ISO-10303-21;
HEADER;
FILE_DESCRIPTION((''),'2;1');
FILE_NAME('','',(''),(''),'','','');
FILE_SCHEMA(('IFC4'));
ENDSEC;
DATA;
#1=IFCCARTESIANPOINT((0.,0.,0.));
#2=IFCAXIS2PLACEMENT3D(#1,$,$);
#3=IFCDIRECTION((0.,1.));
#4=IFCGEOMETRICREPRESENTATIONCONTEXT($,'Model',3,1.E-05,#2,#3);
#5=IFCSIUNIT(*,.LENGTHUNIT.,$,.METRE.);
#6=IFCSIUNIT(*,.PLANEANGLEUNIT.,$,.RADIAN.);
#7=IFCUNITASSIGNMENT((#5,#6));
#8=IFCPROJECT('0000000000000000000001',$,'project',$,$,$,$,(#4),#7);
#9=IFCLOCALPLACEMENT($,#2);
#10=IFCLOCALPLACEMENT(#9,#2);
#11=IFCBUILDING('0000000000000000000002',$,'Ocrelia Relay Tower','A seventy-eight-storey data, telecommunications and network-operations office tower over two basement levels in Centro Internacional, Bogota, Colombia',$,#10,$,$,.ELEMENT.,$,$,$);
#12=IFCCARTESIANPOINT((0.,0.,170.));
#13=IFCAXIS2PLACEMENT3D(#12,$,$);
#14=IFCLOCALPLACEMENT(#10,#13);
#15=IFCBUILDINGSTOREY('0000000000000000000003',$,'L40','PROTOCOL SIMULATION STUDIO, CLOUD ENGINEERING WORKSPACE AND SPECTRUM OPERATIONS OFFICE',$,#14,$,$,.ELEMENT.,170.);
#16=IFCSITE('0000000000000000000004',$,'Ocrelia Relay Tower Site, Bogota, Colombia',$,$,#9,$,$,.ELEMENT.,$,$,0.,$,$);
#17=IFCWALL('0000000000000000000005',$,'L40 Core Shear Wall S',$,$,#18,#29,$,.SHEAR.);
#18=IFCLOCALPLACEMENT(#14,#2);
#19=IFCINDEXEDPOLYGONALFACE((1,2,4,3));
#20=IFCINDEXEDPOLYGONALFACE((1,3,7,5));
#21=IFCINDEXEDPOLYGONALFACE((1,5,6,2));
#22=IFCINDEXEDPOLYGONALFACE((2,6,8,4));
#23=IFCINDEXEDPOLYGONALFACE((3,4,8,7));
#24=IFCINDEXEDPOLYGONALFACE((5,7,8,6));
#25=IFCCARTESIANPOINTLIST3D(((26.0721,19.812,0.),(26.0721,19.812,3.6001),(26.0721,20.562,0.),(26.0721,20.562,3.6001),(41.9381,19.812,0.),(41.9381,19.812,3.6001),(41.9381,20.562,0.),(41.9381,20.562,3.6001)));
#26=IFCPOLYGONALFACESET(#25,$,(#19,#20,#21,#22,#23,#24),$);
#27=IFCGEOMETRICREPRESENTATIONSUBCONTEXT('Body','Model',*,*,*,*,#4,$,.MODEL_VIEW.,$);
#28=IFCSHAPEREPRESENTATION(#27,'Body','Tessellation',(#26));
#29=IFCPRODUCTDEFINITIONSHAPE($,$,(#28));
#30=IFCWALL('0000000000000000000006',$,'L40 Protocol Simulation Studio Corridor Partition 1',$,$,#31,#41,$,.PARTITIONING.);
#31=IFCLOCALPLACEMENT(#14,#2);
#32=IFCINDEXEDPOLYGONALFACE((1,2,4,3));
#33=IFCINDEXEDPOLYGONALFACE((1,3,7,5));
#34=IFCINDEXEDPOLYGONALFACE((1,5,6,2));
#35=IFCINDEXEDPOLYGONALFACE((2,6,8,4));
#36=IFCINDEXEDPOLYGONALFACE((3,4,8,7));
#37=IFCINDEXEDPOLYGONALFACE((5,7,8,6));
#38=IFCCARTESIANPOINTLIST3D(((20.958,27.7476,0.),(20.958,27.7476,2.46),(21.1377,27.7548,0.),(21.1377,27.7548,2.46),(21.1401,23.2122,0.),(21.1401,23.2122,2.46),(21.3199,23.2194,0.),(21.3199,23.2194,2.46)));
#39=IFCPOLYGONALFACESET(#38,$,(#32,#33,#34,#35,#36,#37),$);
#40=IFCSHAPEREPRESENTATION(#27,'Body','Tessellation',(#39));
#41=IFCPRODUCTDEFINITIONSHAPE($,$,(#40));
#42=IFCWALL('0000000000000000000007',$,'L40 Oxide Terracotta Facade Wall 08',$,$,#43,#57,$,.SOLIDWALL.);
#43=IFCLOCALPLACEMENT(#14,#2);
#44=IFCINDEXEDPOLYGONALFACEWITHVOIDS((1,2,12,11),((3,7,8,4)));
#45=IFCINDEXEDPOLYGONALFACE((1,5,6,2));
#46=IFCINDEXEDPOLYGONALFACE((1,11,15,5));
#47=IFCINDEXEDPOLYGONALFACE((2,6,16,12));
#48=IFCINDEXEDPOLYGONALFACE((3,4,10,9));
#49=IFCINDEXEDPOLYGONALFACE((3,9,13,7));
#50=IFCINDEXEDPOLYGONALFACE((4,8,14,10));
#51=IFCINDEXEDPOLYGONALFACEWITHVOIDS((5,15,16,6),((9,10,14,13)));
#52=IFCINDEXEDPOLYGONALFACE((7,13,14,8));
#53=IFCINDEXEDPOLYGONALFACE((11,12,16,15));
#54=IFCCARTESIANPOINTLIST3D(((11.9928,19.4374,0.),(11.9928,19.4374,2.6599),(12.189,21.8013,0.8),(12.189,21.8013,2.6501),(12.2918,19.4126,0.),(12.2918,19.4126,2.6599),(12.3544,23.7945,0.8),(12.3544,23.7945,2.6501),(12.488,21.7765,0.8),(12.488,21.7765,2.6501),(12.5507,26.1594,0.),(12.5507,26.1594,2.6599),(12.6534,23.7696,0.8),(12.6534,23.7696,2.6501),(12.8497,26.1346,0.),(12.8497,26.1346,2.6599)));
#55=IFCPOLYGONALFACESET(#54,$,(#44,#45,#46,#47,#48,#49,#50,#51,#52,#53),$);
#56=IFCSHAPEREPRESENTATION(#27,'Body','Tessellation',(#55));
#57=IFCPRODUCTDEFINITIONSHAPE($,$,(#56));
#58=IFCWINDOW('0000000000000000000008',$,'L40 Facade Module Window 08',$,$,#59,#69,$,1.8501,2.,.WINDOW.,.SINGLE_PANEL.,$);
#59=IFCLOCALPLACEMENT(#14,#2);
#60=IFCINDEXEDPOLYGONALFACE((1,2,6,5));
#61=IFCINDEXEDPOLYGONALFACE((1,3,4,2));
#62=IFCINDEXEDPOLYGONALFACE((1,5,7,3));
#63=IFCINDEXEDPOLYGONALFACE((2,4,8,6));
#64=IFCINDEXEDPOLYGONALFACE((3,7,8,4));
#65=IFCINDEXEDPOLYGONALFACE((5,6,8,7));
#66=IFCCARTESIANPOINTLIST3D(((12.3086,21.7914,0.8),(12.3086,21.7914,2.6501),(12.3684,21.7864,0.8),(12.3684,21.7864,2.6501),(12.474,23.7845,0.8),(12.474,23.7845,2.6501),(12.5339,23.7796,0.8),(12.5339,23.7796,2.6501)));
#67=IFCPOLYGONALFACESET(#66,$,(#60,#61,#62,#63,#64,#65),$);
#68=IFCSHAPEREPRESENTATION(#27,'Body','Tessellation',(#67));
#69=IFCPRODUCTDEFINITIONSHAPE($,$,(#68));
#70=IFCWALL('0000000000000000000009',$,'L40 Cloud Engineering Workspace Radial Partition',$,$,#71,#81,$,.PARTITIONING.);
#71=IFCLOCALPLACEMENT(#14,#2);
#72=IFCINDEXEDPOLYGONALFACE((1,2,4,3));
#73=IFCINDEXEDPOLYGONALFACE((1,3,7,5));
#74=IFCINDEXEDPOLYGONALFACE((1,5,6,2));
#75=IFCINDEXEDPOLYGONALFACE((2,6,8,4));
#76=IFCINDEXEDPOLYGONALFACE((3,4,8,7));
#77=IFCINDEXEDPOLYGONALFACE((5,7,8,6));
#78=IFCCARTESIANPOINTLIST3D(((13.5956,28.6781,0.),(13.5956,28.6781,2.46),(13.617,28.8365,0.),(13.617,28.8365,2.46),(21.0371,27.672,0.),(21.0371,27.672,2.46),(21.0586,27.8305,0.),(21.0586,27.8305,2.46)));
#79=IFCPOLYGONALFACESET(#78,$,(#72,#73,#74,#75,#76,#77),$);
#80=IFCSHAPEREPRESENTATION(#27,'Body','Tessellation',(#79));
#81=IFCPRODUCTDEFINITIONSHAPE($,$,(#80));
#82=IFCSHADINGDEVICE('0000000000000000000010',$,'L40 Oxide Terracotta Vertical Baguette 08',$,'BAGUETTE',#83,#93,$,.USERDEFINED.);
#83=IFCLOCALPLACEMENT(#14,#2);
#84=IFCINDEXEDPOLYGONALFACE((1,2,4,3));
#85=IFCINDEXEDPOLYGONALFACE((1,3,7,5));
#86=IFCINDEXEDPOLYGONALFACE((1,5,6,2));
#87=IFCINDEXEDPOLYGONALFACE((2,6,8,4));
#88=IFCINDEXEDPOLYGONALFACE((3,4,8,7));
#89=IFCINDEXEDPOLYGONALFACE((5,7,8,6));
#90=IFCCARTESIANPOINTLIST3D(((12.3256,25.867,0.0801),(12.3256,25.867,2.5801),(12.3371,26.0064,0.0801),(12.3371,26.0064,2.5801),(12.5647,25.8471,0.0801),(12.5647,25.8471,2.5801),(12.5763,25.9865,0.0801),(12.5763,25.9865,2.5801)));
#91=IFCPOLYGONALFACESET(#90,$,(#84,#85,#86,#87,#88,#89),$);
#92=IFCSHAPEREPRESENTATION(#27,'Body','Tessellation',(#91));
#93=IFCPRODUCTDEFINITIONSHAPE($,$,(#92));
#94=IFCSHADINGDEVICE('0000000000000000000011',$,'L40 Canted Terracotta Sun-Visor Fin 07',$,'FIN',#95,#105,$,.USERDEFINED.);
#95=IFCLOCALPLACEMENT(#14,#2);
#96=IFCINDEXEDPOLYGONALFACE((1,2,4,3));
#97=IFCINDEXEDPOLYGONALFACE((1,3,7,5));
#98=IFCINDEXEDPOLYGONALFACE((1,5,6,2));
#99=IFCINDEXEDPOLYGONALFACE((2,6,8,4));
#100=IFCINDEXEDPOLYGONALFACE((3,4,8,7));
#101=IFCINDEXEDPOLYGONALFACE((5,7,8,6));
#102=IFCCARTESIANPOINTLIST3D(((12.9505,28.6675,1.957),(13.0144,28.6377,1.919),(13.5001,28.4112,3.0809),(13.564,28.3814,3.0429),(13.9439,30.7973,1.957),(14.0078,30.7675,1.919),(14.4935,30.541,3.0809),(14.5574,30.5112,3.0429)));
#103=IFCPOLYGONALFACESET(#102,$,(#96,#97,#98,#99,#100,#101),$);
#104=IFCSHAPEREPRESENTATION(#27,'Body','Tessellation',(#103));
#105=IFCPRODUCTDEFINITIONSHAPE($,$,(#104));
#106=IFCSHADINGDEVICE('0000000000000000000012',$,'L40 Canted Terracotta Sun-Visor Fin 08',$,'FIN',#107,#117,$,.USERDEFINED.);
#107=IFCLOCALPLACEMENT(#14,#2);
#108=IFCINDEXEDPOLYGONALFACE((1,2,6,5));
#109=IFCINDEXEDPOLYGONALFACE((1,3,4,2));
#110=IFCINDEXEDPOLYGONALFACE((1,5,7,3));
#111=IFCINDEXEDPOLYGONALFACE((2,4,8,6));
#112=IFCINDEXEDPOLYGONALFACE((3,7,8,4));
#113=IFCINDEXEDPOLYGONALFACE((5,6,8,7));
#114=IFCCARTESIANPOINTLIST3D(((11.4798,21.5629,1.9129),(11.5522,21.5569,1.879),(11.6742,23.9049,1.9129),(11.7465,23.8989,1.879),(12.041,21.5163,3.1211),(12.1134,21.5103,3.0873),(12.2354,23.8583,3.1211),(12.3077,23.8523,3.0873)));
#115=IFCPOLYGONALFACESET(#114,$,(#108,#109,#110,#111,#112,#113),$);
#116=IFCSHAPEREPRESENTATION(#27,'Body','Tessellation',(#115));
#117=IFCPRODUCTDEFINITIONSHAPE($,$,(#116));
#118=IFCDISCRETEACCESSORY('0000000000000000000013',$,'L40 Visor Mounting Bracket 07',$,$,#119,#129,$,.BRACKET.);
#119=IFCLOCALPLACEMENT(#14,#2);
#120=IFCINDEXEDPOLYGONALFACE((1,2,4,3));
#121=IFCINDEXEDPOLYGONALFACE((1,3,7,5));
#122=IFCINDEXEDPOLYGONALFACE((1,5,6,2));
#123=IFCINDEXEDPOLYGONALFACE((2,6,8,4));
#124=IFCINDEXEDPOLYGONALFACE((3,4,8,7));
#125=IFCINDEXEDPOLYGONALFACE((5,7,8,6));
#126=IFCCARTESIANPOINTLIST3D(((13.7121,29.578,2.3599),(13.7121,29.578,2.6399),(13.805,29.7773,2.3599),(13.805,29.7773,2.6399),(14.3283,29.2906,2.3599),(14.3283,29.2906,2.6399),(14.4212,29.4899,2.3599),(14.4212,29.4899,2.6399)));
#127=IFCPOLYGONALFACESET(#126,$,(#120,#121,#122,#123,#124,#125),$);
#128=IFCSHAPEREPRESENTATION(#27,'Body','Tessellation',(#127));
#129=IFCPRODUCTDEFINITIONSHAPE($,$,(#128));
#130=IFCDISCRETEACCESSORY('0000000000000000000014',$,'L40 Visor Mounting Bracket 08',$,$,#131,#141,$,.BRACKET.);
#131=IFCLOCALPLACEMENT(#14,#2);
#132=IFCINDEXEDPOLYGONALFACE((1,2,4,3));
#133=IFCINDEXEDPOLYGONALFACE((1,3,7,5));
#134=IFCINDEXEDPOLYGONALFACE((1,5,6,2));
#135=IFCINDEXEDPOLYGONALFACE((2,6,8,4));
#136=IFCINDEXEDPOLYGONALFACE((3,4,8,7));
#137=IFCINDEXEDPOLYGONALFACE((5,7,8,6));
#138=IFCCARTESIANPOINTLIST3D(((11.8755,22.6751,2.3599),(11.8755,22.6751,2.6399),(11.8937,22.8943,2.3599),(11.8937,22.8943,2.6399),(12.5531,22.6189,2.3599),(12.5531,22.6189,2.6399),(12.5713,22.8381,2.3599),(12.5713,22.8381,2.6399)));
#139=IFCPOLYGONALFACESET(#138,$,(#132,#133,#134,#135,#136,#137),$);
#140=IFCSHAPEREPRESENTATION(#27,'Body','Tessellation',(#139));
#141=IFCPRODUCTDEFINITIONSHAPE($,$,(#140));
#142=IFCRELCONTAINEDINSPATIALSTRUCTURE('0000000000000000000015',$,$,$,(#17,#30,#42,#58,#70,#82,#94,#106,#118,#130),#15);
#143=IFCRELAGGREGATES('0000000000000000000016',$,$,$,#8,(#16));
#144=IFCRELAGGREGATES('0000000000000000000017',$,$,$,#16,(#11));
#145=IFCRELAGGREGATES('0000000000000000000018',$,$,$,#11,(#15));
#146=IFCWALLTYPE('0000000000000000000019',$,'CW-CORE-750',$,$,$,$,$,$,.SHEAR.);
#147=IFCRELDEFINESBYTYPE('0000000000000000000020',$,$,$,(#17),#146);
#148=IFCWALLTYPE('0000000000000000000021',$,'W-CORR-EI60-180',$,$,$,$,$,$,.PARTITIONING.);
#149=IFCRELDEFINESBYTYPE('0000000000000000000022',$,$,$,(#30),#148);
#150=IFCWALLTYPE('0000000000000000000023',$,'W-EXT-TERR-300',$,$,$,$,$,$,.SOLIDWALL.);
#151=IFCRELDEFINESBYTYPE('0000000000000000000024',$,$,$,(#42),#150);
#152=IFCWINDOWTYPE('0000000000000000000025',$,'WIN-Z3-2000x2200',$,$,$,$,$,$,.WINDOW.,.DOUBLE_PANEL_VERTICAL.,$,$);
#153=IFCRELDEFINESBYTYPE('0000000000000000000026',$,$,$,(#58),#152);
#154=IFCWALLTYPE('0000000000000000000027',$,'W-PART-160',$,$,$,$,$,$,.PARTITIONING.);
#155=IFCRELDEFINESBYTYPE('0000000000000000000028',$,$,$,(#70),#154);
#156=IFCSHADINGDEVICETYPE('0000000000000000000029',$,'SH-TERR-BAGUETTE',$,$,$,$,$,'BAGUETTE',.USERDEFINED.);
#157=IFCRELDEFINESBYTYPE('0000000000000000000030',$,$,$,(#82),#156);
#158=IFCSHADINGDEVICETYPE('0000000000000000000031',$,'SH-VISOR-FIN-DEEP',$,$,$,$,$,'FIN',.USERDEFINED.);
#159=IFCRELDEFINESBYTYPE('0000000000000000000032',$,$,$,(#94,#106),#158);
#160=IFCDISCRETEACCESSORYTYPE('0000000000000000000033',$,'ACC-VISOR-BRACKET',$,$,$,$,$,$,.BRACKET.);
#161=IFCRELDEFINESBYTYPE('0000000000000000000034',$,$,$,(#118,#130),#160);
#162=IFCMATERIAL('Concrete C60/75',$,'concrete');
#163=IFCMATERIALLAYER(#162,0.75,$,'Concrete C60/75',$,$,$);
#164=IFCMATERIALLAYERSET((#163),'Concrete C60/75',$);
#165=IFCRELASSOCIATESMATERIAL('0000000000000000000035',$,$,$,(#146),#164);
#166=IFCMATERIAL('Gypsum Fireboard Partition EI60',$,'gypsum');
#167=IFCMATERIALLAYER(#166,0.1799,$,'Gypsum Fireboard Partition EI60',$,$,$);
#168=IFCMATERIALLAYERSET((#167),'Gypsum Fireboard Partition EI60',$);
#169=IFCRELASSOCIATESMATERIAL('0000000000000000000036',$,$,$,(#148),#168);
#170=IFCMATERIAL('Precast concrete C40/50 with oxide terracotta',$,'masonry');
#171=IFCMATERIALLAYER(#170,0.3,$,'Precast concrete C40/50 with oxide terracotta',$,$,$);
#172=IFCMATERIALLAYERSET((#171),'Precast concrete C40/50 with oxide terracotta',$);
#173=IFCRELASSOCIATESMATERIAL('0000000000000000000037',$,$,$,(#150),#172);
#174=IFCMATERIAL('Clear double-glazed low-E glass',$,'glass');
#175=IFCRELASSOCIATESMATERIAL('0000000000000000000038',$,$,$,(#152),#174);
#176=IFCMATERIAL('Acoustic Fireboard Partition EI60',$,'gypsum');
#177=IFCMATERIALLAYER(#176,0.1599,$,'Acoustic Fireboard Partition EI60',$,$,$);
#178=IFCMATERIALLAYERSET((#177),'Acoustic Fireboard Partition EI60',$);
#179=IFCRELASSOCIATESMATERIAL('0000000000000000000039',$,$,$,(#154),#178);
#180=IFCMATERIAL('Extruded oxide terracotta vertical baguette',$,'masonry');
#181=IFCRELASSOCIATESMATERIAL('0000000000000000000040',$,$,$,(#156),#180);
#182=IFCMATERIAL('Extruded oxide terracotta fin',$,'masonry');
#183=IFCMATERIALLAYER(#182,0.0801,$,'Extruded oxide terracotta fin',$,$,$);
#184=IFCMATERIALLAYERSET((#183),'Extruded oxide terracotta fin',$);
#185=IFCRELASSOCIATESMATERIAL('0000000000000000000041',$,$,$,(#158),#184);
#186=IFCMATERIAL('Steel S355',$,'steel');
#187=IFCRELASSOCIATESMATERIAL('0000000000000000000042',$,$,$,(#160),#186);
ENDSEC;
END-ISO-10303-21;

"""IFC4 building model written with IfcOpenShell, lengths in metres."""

from ifc_helpers import new_model, si_unit, direction, frame, frame_2d, origin, origin_2d, place, context, subcontext, project, spatial, rectangle, extrude, material, layer, layer_set, type_object, element, fill, save


model = new_model("IFC4")

# Units and contexts
model_context = context("Model", 3, precision=1e-05, world=origin(), true_north=direction((0.0, 1.0)))
body_context = subcontext(model_context, "Body", "Model", "MODEL_VIEW")
ifc_project = project(units=[si_unit("LENGTHUNIT", "METRE"), si_unit("PLANEANGLEUNIT", "RADIAN")], contexts=[model_context])

# Site, building, storey
site_placement = place(None, origin())
site = spatial("IfcSite", under=ifc_project, at=site_placement, Name="Ocrelia Relay Tower Site, Bogota, Colombia", CompositionType="ELEMENT", RefElevation=0.0)
building_placement = place(site_placement, origin())
building = spatial("IfcBuilding", under=site, at=building_placement, Name="Ocrelia Relay Tower", Description="A seventy-eight-storey data, telecommunications and network-operations office tower over two basement levels in Centro Internacional, Bogota, Colombia", CompositionType="ELEMENT")
storey_placement = place(building_placement, frame((0.0, 0.0, 170.0)))
storey = spatial("IfcBuildingStorey", under=building, at=storey_placement, Name="L40", Description="PROTOCOL SIMULATION STUDIO, CLOUD ENGINEERING WORKSPACE AND SPECTRUM OPERATIONS OFFICE", CompositionType="ELEMENT", Elevation=170.0)

# Shared definitions
ifc_material_1 = material(Name="Concrete C60/75", Category="concrete")

# Shared definitions
ifc_material_2 = material(Name="Steel S355", Category="steel")

# Walls
ifc_layer_1 = layer(ifc_material_1, 0.75, Name="Concrete C60/75")
ifc_layer_set_1 = layer_set([ifc_layer_1], Name="Concrete C60/75")
wall_type_1 = type_object("IfcWallType", Name="CW-CORE-750", PredefinedType="SHEAR", material=ifc_layer_set_1)
wall_1_placement = place(storey_placement, frame((26.072, 20.187, 0.0), z_axis=(0.0, 0.0, 1.0), x_axis=(1.0, 0.0, 0.0)))
element("IfcWall", 1, at=wall_1_placement, inside=storey, type_object=wall_type_1, Name="L40 Core Shear Wall S", PredefinedType="SHEAR", context=body_context, shape_type="SweptSolid", body=[
    extrude(rectangle(XDim=15.866, YDim=0.75, at=frame_2d((7.9331, 0.0))), origin(), (0.0, 0.0, 1.0), 3.6001),
])
ifc_material_3 = material(Name="Gypsum Fireboard Partition EI60", Category="gypsum")
ifc_layer_2 = layer(ifc_material_3, 0.1799, Name="Gypsum Fireboard Partition EI60")
ifc_layer_set_2 = layer_set([ifc_layer_2], Name="Gypsum Fireboard Partition EI60")
wall_type_2 = type_object("IfcWallType", Name="W-CORR-EI60-180", PredefinedType="PARTITIONING", material=ifc_layer_set_2)
wall_2_placement = place(storey_placement, frame((21.0479, 27.7512, 0.0), z_axis=(0.0, 0.0, 1.0), x_axis=(0.040125, -0.999195, 0.0)))
element("IfcWall", 2, at=wall_2_placement, inside=storey, type_object=wall_type_2, Name="L40 Protocol Simulation Studio Corridor Partition 1", PredefinedType="PARTITIONING", context=body_context, shape_type="SweptSolid", body=[
    extrude(rectangle(XDim=4.5391, YDim=0.1799, at=frame_2d((2.2695, 0.0))), origin(), (0.0, 0.0, 1.0), 2.46),
])

# Wall, opening, window
ifc_material_4 = material(Name="Precast concrete C40/50 with oxide terracotta", Category="masonry")
ifc_layer_3 = layer(ifc_material_4, 0.3, Name="Precast concrete C40/50 with oxide terracotta")
ifc_layer_set_3 = layer_set([ifc_layer_3], Name="Precast concrete C40/50 with oxide terracotta")
wall_type_3 = type_object("IfcWallType", Name="W-EXT-TERR-300", PredefinedType="SOLIDWALL", material=ifc_layer_set_3)
wall_3_placement = place(storey_placement, frame((12.7002, 26.147, 0.0), z_axis=(0.0, 0.0, 1.0), x_axis=(-0.082707, -0.996574, 0.0)))
wall_3 = element("IfcWall", 3, at=wall_3_placement, inside=storey, type_object=wall_type_3, Name="L40 Oxide Terracotta Facade Wall 08", PredefinedType="SOLIDWALL", context=body_context, shape_type="SweptSolid", body=[
    extrude(rectangle(XDim=6.7451, YDim=0.3, at=frame_2d((3.3726, 0.0))), origin(), (0.0, 0.0, 1.0), 2.6599),
])
opening_1_placement = place(wall_3_placement, frame((2.373, 0.0, 0.8)))
opening_1 = element("IfcOpeningElement", 4, at=opening_1_placement, cuts=wall_3, PredefinedType="OPENING", context=body_context, shape_type="SweptSolid", body=[
    extrude(rectangle(XDim=2.0, YDim=1.8501, at=frame_2d((1.0, 0.925))), frame((0.0, 0.1602, 0.0), z_axis=(0.0, -1.0, 0.0), x_axis=(1.0, 0.0, 0.0)), (0.0, 0.0, 1.0), 0.3201),
])
ifc_material_5 = material(Name="Clear double-glazed low-E glass", Category="glass")
window_type = type_object("IfcWindowType", Name="WIN-Z3-2000x2200", PartitioningType="DOUBLE_PANEL_VERTICAL", PredefinedType="WINDOW", material=ifc_material_5)
window_placement = place(opening_1_placement, origin())
window = element("IfcWindow", 5, at=window_placement, inside=storey, type_object=window_type, Name="L40 Facade Module Window 08", OverallHeight=1.8501, OverallWidth=2.0, PartitioningType="SINGLE_PANEL", PredefinedType="WINDOW", context=body_context, shape_type="SweptSolid", body=[
    extrude(rectangle(XDim=2.0, YDim=1.8501, at=frame_2d((1.0, 0.925))), frame((0.0, 0.03, 0.0), z_axis=(0.0, -1.0, 0.0), x_axis=(1.0, 0.0, 0.0)), (0.0, 0.0, 1.0), 0.0601),
])
fill(opening_1, window)

# Wall
ifc_material_6 = material(Name="Acoustic Fireboard Partition EI60", Category="gypsum")
ifc_layer_4 = layer(ifc_material_6, 0.1599, Name="Acoustic Fireboard Partition EI60")
ifc_layer_set_4 = layer_set([ifc_layer_4], Name="Acoustic Fireboard Partition EI60")
wall_type_4 = type_object("IfcWallType", Name="W-PART-160", PredefinedType="PARTITIONING", material=ifc_layer_set_4)
wall_4_placement = place(storey_placement, frame((21.0479, 27.7512, 0.0), z_axis=(0.0, 0.0, 1.0), x_axis=(-0.990984, 0.13398, 0.0)))
element("IfcWall", 6, at=wall_4_placement, inside=storey, type_object=wall_type_4, Name="L40 Cloud Engineering Workspace Radial Partition", PredefinedType="PARTITIONING", context=body_context, shape_type="SweptSolid", body=[
    extrude(rectangle(XDim=7.5093, YDim=0.1599, at=frame_2d((3.7546, 0.0))), origin(), (0.0, 0.0, 1.0), 2.46),
])

# Shading devices
ifc_material_7 = material(Name="Extruded oxide terracotta vertical baguette", Category="masonry")
shading_device_type_1 = type_object("IfcShadingDeviceType", Name="SH-TERR-BAGUETTE", ElementType="BAGUETTE", PredefinedType="USERDEFINED", material=ifc_material_7)
shading_device_1_placement = place(storey_placement, frame((12.4509, 25.9268, 0.0801), z_axis=(0.0, 0.0, 1.0), x_axis=(-0.082698, -0.996575, 0.0)))
element("IfcShadingDevice", 7, at=shading_device_1_placement, inside=storey, type_object=shading_device_type_1, Name="L40 Oxide Terracotta Vertical Baguette 08", ObjectType="BAGUETTE", PredefinedType="USERDEFINED", context=body_context, shape_type="SweptSolid", body=[
    extrude(rectangle(XDim=0.1399, YDim=0.24, at=origin_2d()), origin(), (0.0, 0.0, 1.0), 2.5),
])
ifc_material_8 = material(Name="Extruded oxide terracotta fin", Category="masonry")
ifc_layer_5 = layer(ifc_material_8, 0.0801, Name="Extruded oxide terracotta fin")
ifc_layer_set_5 = layer_set([ifc_layer_5], Name="Extruded oxide terracotta fin")
shading_device_type_2 = type_object("IfcShadingDeviceType", Name="SH-VISOR-FIN-DEEP", ElementType="FIN", PredefinedType="USERDEFINED", material=ifc_layer_set_5)
shading_device_2_placement = place(storey_placement, frame((13.7859, 29.5745, 2.481), z_axis=(-0.797577, 0.371997, 0.474856), x_axis=(-0.422694, -0.906273, 0.0)))
element("IfcShadingDevice", 8, at=shading_device_2_placement, inside=storey, type_object=shading_device_type_2, Name="L40 Canted Terracotta Sun-Visor Fin 07", ObjectType="FIN", PredefinedType="USERDEFINED", context=body_context, shape_type="SweptSolid", body=[
    extrude(rectangle(XDim=2.3501, YDim=1.2771, at=origin_2d()), origin(), (0.0, 0.0, 1.0), 0.0801),
])
shading_device_3_placement = place(storey_placement, frame((11.9299, 22.7046, 2.4832), z_axis=(-0.903277, 0.074956, 0.42246), x_axis=(-0.082698, -0.996575, 0.0)))
element("IfcShadingDevice", 9, at=shading_device_3_placement, inside=storey, type_object=shading_device_type_2, Name="L40 Canted Terracotta Sun-Visor Fin 08", ObjectType="FIN", PredefinedType="USERDEFINED", context=body_context, shape_type="SweptSolid", body=[
    extrude(rectangle(XDim=2.3501, YDim=1.333, at=origin_2d()), origin(), (0.0, 0.0, 1.0), 0.0801),
])

# Discrete accessories
discrete_accessory_type = type_object("IfcDiscreteAccessoryType", Name="ACC-VISOR-BRACKET", PredefinedType="BRACKET", material=ifc_material_2)
for number, where, z_axis, x_axis, name in (
    (10, (14.0667, 29.5339, 2.3599), (0.0, 0.0, 1.0), (-0.422694, -0.906273, 0.0), "L40 Visor Mounting Bracket 07"),
    (11, (12.2234, 22.7566, 2.3599), (0.0, 0.0, 1.0), (-0.082698, -0.996575, 0.0), "L40 Visor Mounting Bracket 08"),
):
    element("IfcDiscreteAccessory", number, at=place(storey_placement, frame(where, z_axis=z_axis, x_axis=x_axis)), inside=storey, type_object=discrete_accessory_type, Name=name, PredefinedType="BRACKET", context=body_context, shape_type="SweptSolid", body=[
        extrude(rectangle(XDim=0.22, YDim=0.6799, at=origin_2d()), origin(), (0.0, 0.0, 1.0), 0.28),
    ])

save(model, "model.ifc")
